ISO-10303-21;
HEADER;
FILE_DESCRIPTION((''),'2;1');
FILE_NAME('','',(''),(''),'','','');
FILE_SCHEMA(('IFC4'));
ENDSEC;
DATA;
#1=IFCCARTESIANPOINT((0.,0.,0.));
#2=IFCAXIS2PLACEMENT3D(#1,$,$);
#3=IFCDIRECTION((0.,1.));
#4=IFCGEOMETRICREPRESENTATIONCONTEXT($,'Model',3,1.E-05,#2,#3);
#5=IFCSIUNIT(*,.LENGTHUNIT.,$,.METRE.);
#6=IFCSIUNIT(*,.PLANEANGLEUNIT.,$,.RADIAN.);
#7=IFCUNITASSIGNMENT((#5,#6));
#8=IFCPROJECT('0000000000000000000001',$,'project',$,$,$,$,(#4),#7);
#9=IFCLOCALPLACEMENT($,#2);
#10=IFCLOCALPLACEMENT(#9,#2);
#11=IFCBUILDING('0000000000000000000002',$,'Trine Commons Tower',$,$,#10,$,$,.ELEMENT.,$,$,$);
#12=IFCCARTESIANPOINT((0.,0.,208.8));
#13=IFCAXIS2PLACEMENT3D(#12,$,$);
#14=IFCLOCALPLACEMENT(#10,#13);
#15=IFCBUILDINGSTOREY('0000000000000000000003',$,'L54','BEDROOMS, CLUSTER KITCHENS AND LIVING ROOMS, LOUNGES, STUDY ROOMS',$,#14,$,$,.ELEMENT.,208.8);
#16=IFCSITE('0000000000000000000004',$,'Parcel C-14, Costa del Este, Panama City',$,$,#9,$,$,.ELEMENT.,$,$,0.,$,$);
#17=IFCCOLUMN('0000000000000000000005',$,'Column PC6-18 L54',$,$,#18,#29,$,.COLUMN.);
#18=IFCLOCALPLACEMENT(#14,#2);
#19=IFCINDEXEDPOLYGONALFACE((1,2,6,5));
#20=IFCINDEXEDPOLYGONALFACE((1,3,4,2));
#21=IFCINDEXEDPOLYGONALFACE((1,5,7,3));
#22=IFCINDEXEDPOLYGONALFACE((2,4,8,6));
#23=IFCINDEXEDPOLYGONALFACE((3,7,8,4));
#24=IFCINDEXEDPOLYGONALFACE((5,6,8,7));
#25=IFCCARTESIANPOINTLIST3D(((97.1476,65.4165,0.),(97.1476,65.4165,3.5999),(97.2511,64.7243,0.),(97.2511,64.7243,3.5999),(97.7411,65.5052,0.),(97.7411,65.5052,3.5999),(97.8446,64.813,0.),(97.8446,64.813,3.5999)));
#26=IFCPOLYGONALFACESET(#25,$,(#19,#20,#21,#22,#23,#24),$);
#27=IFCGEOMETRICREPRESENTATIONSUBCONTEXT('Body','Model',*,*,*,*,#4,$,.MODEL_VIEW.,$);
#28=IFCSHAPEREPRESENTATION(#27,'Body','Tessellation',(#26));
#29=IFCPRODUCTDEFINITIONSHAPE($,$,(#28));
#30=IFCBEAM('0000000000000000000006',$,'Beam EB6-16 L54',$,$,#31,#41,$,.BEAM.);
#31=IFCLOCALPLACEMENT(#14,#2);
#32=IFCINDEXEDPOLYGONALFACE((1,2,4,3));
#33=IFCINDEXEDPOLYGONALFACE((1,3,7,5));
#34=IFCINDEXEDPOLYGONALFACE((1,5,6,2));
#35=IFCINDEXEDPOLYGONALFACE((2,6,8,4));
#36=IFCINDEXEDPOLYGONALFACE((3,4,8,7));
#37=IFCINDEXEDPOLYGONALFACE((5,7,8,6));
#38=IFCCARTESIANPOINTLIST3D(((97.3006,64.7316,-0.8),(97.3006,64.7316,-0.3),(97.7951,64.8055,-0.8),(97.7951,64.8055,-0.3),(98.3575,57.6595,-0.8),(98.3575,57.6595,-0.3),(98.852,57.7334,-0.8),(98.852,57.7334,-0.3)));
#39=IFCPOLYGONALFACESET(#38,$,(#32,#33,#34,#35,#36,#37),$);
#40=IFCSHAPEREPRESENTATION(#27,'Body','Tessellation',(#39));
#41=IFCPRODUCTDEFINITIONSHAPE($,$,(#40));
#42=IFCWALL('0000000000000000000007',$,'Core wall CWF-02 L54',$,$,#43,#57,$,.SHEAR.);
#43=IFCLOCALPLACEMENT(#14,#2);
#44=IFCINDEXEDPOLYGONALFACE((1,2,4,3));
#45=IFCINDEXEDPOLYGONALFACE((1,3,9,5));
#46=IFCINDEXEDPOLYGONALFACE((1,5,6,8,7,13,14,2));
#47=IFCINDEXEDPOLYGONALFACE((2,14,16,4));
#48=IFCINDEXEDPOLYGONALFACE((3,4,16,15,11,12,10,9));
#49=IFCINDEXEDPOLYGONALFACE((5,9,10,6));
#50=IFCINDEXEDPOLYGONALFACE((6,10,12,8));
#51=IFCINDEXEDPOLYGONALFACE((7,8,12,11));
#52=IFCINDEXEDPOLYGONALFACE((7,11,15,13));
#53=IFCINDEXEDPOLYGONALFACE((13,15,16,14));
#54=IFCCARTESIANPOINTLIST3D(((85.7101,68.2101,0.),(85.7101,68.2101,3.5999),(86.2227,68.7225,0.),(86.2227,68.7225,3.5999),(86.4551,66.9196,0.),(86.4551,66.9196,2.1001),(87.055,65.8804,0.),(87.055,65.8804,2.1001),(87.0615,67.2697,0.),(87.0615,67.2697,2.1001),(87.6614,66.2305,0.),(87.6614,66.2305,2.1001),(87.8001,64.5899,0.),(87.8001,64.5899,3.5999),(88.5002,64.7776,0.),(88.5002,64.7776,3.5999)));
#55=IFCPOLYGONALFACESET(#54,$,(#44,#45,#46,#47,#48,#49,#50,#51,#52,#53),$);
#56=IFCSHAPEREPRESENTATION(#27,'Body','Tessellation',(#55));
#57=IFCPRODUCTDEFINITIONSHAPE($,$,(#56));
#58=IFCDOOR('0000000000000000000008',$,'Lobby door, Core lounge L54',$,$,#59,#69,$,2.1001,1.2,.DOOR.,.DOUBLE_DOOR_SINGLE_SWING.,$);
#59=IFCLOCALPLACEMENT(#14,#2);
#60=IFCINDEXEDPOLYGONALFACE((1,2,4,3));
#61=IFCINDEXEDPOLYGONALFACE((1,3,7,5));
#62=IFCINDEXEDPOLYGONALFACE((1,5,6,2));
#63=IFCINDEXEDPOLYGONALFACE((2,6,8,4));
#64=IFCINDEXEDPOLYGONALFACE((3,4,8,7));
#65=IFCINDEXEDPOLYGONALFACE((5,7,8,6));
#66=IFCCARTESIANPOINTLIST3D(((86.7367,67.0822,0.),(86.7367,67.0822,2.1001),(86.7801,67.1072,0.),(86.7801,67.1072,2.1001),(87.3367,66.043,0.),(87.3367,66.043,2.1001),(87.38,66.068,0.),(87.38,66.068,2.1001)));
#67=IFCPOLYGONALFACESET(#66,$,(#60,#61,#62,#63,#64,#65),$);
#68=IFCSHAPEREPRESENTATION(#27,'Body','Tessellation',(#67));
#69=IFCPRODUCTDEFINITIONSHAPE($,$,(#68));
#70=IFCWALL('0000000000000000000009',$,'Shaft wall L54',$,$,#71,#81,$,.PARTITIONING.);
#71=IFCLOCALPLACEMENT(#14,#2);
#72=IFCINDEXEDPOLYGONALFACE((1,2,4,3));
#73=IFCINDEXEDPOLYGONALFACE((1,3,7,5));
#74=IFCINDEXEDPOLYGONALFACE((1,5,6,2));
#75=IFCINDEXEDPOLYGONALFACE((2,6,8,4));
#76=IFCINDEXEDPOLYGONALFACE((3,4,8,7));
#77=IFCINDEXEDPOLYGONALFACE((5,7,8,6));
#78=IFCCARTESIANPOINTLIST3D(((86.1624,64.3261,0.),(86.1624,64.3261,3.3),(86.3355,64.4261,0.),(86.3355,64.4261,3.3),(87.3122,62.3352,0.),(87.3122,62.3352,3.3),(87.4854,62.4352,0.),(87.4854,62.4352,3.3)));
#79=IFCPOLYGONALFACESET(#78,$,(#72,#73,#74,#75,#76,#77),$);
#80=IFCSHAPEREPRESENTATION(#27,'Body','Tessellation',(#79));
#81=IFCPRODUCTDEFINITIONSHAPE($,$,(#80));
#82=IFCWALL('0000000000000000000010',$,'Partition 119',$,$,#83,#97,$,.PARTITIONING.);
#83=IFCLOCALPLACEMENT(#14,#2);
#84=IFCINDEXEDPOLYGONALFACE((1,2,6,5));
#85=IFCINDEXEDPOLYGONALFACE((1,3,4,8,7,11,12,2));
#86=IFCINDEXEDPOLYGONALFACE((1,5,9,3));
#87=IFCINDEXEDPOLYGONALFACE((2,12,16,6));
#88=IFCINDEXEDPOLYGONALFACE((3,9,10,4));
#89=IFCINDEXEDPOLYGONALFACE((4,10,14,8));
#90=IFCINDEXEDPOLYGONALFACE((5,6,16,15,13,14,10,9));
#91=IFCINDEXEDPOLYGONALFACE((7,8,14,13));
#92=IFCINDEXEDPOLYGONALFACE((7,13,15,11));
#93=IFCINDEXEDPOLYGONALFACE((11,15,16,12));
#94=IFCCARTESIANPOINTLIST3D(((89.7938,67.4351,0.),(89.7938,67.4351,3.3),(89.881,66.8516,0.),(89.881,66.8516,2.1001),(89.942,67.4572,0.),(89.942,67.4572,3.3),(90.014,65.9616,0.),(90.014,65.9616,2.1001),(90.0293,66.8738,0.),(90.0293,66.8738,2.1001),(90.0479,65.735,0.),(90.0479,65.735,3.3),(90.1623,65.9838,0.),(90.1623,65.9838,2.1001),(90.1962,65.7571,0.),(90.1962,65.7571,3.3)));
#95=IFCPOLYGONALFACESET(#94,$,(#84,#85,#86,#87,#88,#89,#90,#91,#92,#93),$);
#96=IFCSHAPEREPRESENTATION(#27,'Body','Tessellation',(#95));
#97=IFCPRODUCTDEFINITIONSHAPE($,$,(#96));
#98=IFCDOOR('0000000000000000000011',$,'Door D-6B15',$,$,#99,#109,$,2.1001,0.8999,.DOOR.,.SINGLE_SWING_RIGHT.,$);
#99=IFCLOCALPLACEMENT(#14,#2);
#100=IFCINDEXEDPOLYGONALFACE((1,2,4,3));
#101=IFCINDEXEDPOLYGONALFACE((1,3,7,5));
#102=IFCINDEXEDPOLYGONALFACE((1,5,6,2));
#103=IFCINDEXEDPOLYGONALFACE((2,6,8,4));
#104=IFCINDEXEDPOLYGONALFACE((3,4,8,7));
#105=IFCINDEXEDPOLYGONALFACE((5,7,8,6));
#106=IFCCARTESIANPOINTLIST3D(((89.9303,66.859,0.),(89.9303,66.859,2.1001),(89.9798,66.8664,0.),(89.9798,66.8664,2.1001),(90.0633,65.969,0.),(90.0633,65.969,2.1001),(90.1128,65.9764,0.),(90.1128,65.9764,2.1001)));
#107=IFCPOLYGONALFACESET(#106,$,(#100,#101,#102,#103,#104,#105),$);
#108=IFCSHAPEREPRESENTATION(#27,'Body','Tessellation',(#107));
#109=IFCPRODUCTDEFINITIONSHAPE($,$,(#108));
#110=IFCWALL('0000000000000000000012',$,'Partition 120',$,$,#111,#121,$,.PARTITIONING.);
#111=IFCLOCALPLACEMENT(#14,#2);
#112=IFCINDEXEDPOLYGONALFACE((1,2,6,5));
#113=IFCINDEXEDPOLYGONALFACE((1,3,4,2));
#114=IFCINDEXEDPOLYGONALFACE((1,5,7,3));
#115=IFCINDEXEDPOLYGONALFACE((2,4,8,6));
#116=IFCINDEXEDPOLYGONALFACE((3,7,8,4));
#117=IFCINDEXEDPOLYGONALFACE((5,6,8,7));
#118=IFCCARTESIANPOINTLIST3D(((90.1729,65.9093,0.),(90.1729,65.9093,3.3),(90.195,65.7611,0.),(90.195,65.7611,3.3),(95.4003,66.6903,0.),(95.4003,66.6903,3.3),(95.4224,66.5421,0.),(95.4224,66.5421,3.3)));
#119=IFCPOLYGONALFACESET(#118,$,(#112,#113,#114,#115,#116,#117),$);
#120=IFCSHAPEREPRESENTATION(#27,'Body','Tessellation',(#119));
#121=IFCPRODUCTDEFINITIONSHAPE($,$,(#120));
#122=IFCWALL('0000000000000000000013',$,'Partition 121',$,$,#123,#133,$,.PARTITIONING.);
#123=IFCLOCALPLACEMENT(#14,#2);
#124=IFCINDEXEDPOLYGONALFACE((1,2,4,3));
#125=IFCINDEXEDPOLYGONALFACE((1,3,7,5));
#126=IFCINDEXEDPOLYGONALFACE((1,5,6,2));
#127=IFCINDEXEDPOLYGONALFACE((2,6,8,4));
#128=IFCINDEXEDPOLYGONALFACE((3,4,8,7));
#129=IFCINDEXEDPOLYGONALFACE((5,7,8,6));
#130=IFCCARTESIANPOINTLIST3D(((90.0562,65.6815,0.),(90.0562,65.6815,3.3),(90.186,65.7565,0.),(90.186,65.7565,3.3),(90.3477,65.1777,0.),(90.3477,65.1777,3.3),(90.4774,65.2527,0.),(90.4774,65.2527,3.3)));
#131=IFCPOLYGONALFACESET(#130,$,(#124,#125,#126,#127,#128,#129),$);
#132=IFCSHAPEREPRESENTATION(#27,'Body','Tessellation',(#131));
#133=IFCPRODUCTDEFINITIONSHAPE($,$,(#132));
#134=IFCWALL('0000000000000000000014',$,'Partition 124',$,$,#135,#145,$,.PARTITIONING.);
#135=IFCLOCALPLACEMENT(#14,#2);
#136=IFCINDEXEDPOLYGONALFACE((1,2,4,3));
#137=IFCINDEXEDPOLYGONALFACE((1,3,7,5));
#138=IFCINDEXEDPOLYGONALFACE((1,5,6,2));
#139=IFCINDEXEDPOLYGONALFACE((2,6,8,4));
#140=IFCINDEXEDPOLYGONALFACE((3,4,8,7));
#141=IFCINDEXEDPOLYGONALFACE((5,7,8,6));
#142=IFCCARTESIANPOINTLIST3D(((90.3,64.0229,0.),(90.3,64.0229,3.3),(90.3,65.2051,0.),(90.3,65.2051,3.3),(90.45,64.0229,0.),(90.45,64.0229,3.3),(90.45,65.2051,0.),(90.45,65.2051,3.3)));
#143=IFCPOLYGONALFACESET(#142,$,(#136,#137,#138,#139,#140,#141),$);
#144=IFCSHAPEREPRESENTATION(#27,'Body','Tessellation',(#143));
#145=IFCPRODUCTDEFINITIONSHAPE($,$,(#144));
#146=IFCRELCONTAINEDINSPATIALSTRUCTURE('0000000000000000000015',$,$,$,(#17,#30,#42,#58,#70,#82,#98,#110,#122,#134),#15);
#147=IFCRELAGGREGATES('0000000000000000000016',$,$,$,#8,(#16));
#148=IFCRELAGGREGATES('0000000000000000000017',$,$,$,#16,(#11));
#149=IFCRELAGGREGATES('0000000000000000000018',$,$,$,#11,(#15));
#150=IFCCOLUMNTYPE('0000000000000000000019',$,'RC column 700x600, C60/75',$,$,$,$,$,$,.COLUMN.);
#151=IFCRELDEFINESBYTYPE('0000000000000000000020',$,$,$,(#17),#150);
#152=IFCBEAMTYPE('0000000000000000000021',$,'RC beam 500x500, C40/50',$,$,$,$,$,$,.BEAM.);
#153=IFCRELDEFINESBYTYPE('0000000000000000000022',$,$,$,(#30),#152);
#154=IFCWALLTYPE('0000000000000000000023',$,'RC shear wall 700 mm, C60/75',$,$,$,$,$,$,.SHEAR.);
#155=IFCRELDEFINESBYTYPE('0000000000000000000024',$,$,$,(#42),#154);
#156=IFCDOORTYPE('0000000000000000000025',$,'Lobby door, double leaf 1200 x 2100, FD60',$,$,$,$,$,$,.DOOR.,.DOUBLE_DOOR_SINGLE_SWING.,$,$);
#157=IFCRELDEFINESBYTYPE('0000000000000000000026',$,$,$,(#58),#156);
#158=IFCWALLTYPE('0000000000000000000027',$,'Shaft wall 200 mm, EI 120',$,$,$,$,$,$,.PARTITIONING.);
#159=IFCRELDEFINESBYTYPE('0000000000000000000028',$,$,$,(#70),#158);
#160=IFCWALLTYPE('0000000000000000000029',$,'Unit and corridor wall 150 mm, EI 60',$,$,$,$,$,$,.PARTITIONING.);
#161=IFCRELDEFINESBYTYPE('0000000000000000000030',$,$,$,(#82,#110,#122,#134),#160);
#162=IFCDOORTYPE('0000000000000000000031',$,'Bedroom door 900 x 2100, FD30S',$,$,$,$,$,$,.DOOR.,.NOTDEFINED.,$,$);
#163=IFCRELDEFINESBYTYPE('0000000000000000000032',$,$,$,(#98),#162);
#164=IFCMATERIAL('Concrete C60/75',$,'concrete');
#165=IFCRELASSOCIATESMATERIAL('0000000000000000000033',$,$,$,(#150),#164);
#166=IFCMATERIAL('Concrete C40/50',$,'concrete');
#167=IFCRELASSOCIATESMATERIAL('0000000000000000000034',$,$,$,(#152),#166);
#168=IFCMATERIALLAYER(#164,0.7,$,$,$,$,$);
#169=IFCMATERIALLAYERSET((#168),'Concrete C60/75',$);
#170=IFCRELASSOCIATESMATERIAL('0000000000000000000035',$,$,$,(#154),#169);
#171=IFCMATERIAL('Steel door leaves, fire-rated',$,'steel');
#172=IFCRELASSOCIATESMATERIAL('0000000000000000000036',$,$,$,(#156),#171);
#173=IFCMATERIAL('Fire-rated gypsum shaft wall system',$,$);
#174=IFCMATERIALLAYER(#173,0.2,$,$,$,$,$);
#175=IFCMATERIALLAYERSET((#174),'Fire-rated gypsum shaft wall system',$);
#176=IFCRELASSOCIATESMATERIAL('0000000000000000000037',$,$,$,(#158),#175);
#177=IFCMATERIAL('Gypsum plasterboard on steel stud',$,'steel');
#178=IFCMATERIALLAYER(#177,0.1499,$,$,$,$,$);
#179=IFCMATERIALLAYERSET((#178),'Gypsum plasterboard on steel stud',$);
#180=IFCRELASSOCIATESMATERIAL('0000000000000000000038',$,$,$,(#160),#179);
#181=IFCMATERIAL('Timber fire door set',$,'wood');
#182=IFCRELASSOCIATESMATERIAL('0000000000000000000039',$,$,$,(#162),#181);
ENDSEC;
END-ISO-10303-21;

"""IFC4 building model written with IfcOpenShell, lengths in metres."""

from ifc_helpers import new_model, si_unit, direction, frame, frame_2d, origin, origin_2d, place, context, subcontext, project, spatial, polyline, rectangle, outline, extrude, material, layer, layer_set, material_profile, profile_set, type_object, element, fill, save


model = new_model("IFC4")

# Units and contexts
model_context = context("Model", 3, precision=1e-05, world=origin(), true_north=direction((0.0, 1.0)))
body_context = subcontext(model_context, "Body", "Model", "MODEL_VIEW")
ifc_project = project(units=[si_unit("LENGTHUNIT", "METRE"), si_unit("PLANEANGLEUNIT", "RADIAN")], contexts=[model_context])

# Site, building, storey
site_placement = place(None, origin())
site = spatial("IfcSite", under=ifc_project, at=site_placement, Name="Parcel C-14, Costa del Este, Panama City", CompositionType="ELEMENT", RefElevation=0.0)
building_placement = place(site_placement, origin())
building = spatial("IfcBuilding", under=site, at=building_placement, Name="Trine Commons Tower", CompositionType="ELEMENT")
storey_placement = place(building_placement, frame((0.0, 0.0, 208.8)))
storey = spatial("IfcBuildingStorey", under=building, at=storey_placement, Name="L54", Description="BEDROOMS, CLUSTER KITCHENS AND LIVING ROOMS, LOUNGES, STUDY ROOMS", CompositionType="ELEMENT", Elevation=208.8)

# Column
ifc_material_1 = material(Name="Concrete C60/75", Category="concrete")
ifc_material_profile_1 = material_profile(ifc_material_1, rectangle(XDim=0.7, YDim=0.6001, at=origin_2d()), Name="RC 700x600")
ifc_profile_set_1 = profile_set([ifc_material_profile_1], Name="Concrete C60/75")
column_type = type_object("IfcColumnType", Name="RC column 700x600, C60/75", PredefinedType="COLUMN", material=ifc_profile_set_1)
column_placement = place(storey_placement, frame((97.4961, 65.1147, 0.0), z_axis=(0.0, 0.0, 1.0), x_axis=(-0.147809, 0.989016, 0.0)))
element("IfcColumn", 1, at=column_placement, inside=storey, type_object=column_type, Name="Column PC6-18 L54", PredefinedType="COLUMN", context=body_context, shape_type="SweptSolid", body=[
    extrude(rectangle(XDim=0.7, YDim=0.6001, at=origin_2d()), origin(), (0.0, 0.0, 1.0), 3.5999),
])

# Beam
ifc_material_2 = material(Name="Concrete C40/50", Category="concrete")
ifc_material_profile_2 = material_profile(ifc_material_2, rectangle(XDim=0.5, YDim=0.5, at=origin_2d()), Name="RC 500x500")
ifc_profile_set_2 = profile_set([ifc_material_profile_2], Name="Concrete C40/50")
beam_type = type_object("IfcBeamType", Name="RC beam 500x500, C40/50", PredefinedType="BEAM", material=ifc_profile_set_2)
beam_placement = place(storey_placement, frame((97.5479, 64.7686, -0.55), z_axis=(0.147804, -0.989017, 0.0), x_axis=(0.989017, 0.147804, 0.0)))
element("IfcBeam", 2, at=beam_placement, inside=storey, type_object=beam_type, Name="Beam EB6-16 L54", PredefinedType="BEAM", context=body_context, shape_type="SweptSolid", body=[
    extrude(rectangle(XDim=0.5, YDim=0.5, at=origin_2d()), origin(), (0.0, 0.0, 1.0), 7.1506),
])

# Wall, opening, door
ifc_layer_1 = layer(ifc_material_1, 0.7)
ifc_layer_set_1 = layer_set([ifc_layer_1], Name="Concrete C60/75")
wall_type_1 = type_object("IfcWallType", Name="RC shear wall 700 mm, C60/75", PredefinedType="SHEAR", material=ifc_layer_set_1)
wall_1_placement = place(storey_placement, frame((88.197, 64.6025, 0.0), z_axis=(0.0, 0.0, 1.0), x_axis=(-0.499984, 0.866035, 0.0)))
wall_1 = element("IfcWall", 3, at=wall_1_placement, inside=storey, type_object=wall_type_1, Name="Core wall CWF-02 L54", PredefinedType="SHEAR", context=body_context, shape_type="SweptSolid", body=[
    extrude(outline(polyline([(0.0, -0.3501), (4.5552, -0.3501), (4.3677, 0.3501), (0.1875, 0.3501), (0.0, -0.3501)])), origin(), (0.0, 0.0, 1.0), 3.5999),
])
opening_1_placement = place(wall_1_placement, frame((1.6775, 0.0, 0.0)))
opening_1 = element("IfcOpeningElement", 4, at=opening_1_placement, cuts=wall_1, PredefinedType="OPENING", context=body_context, shape_type="SweptSolid", body=[
    extrude(rectangle(XDim=1.2, YDim=2.1001, at=frame_2d((0.6001, 1.05))), frame((0.0, 0.3599, 0.0), z_axis=(0.0, -1.0, 0.0), x_axis=(1.0, 0.0, 0.0)), (0.0, 0.0, 1.0), 0.72),
])
ifc_material_3 = material(Name="Steel door leaves, fire-rated", Category="steel")
door_type_1 = type_object("IfcDoorType", Name="Lobby door, double leaf 1200 x 2100, FD60", OperationType="DOUBLE_DOOR_SINGLE_SWING", PredefinedType="DOOR", material=ifc_material_3)
door_1_placement = place(opening_1_placement, origin())
door_1 = element("IfcDoor", 5, at=door_1_placement, inside=storey, type_object=door_type_1, Name="Lobby door, Core lounge L54", OperationType="DOUBLE_DOOR_SINGLE_SWING", OverallHeight=2.1001, OverallWidth=1.2, PredefinedType="DOOR", context=body_context, shape_type="SweptSolid", body=[
    extrude(rectangle(XDim=1.2, YDim=2.1001, at=frame_2d((0.6001, 1.05))), frame((0.0, 0.0249, 0.0), z_axis=(0.0, -1.0, 0.0), x_axis=(1.0, 0.0, 0.0)), (0.0, 0.0, 1.0), 0.05),
])
fill(opening_1, door_1)

# Wall
ifc_material_4 = material(Name="Fire-rated gypsum shaft wall system")
ifc_layer_2 = layer(ifc_material_4, 0.2)
ifc_layer_set_2 = layer_set([ifc_layer_2], Name="Fire-rated gypsum shaft wall system")
wall_type_2 = type_object("IfcWallType", Name="Shaft wall 200 mm, EI 120", PredefinedType="PARTITIONING", material=ifc_layer_set_2)
wall_2_placement = place(storey_placement, frame((86.249, 64.376, 0.0), z_axis=(0.0, 0.0, 1.0), x_axis=(0.500136, -0.865947, 0.0)))
element("IfcWall", 6, at=wall_2_placement, inside=storey, type_object=wall_type_2, Name="Shaft wall L54", PredefinedType="PARTITIONING", context=body_context, shape_type="SweptSolid", body=[
    extrude(rectangle(XDim=2.2991, YDim=0.2, at=frame_2d((1.1494, 0.0))), origin(), (0.0, 0.0, 1.0), 3.3),
])

# Wall, opening, door
ifc_material_5 = material(Name="Gypsum plasterboard on steel stud", Category="steel")
ifc_layer_3 = layer(ifc_material_5, 0.1499)
ifc_layer_set_3 = layer_set([ifc_layer_3], Name="Gypsum plasterboard on steel stud")
wall_type_3 = type_object("IfcWallType", Name="Unit and corridor wall 150 mm, EI 60", PredefinedType="PARTITIONING", material=ifc_layer_set_3)
wall_3_placement = place(storey_placement, frame((89.8679, 67.446, 0.0), z_axis=(0.0, 0.0, 1.0), x_axis=(0.14784, -0.989011, 0.0)))
wall_3 = element("IfcWall", 7, at=wall_3_placement, inside=storey, type_object=wall_type_3, Name="Partition 119", PredefinedType="PARTITIONING", context=body_context, shape_type="SweptSolid", body=[
    extrude(rectangle(XDim=1.719, YDim=0.1499, at=frame_2d((0.8594, 0.0))), origin(), (0.0, 0.0, 1.0), 3.3),
])
opening_2_placement = place(wall_3_placement, frame((0.5898, 0.0, 0.0)))
opening_2 = element("IfcOpeningElement", 8, at=opening_2_placement, cuts=wall_3, PredefinedType="OPENING", context=body_context, shape_type="SweptSolid", body=[
    extrude(rectangle(XDim=0.8999, YDim=2.1001, at=frame_2d((0.45, 1.05))), frame((0.0, 0.085, 0.0), z_axis=(0.0, -1.0, 0.0), x_axis=(1.0, 0.0, 0.0)), (0.0, 0.0, 1.0), 0.1699),
])
ifc_material_6 = material(Name="Timber fire door set", Category="wood")
door_type_2 = type_object("IfcDoorType", Name="Bedroom door 900 x 2100, FD30S", OperationType="NOTDEFINED", PredefinedType="DOOR", material=ifc_material_6)
door_2_placement = place(opening_2_placement, origin())
door_2 = element("IfcDoor", 9, at=door_2_placement, inside=storey, type_object=door_type_2, Name="Door D-6B15", OperationType="SINGLE_SWING_RIGHT", OverallHeight=2.1001, OverallWidth=0.8999, PredefinedType="DOOR", context=body_context, shape_type="SweptSolid", body=[
    extrude(rectangle(XDim=0.8999, YDim=2.1001, at=frame_2d((0.45, 1.05))), frame((0.0, 0.0249, 0.0), z_axis=(0.0, -1.0, 0.0), x_axis=(1.0, 0.0, 0.0)), (0.0, 0.0, 1.0), 0.05),
])
fill(opening_2, door_2)

# Walls
wall_4_placement = place(storey_placement, frame((90.1841, 65.8352, 0.0), z_axis=(0.0, 0.0, 1.0), x_axis=(0.989022, 0.147769, 0.0)))
element("IfcWall", 10, at=wall_4_placement, inside=storey, type_object=wall_type_3, Name="Partition 120", PredefinedType="PARTITIONING", context=body_context, shape_type="SweptSolid", body=[
    extrude(rectangle(XDim=5.2854, YDim=0.1499, at=frame_2d((2.6426, 0.0))), origin(), (0.0, 0.0, 1.0), 3.3),
])
wall_5_placement = place(storey_placement, frame((90.1211, 65.719, 0.0), z_axis=(0.0, 0.0, 1.0), x_axis=(0.500739, -0.865599, 0.0)))
element("IfcWall", 11, at=wall_5_placement, inside=storey, type_object=wall_type_3, Name="Partition 121", PredefinedType="PARTITIONING", context=body_context, shape_type="SweptSolid", body=[
    extrude(rectangle(XDim=0.582, YDim=0.1499, at=frame_2d((0.291, 0.0))), origin(), (0.0, 0.0, 1.0), 3.3),
])
wall_6_placement = place(storey_placement, frame((90.375, 64.0229, 0.0), z_axis=(0.0, 0.0, 1.0), x_axis=(0.0, 1.0, 0.0)))
element("IfcWall", 12, at=wall_6_placement, inside=storey, type_object=wall_type_3, Name="Partition 124", PredefinedType="PARTITIONING", context=body_context, shape_type="SweptSolid", body=[
    extrude(rectangle(XDim=1.1821, YDim=0.1499, at=frame_2d((0.5911, 0.0))), origin(), (0.0, 0.0, 1.0), 3.3),
])

save(model, "model.ifc")
